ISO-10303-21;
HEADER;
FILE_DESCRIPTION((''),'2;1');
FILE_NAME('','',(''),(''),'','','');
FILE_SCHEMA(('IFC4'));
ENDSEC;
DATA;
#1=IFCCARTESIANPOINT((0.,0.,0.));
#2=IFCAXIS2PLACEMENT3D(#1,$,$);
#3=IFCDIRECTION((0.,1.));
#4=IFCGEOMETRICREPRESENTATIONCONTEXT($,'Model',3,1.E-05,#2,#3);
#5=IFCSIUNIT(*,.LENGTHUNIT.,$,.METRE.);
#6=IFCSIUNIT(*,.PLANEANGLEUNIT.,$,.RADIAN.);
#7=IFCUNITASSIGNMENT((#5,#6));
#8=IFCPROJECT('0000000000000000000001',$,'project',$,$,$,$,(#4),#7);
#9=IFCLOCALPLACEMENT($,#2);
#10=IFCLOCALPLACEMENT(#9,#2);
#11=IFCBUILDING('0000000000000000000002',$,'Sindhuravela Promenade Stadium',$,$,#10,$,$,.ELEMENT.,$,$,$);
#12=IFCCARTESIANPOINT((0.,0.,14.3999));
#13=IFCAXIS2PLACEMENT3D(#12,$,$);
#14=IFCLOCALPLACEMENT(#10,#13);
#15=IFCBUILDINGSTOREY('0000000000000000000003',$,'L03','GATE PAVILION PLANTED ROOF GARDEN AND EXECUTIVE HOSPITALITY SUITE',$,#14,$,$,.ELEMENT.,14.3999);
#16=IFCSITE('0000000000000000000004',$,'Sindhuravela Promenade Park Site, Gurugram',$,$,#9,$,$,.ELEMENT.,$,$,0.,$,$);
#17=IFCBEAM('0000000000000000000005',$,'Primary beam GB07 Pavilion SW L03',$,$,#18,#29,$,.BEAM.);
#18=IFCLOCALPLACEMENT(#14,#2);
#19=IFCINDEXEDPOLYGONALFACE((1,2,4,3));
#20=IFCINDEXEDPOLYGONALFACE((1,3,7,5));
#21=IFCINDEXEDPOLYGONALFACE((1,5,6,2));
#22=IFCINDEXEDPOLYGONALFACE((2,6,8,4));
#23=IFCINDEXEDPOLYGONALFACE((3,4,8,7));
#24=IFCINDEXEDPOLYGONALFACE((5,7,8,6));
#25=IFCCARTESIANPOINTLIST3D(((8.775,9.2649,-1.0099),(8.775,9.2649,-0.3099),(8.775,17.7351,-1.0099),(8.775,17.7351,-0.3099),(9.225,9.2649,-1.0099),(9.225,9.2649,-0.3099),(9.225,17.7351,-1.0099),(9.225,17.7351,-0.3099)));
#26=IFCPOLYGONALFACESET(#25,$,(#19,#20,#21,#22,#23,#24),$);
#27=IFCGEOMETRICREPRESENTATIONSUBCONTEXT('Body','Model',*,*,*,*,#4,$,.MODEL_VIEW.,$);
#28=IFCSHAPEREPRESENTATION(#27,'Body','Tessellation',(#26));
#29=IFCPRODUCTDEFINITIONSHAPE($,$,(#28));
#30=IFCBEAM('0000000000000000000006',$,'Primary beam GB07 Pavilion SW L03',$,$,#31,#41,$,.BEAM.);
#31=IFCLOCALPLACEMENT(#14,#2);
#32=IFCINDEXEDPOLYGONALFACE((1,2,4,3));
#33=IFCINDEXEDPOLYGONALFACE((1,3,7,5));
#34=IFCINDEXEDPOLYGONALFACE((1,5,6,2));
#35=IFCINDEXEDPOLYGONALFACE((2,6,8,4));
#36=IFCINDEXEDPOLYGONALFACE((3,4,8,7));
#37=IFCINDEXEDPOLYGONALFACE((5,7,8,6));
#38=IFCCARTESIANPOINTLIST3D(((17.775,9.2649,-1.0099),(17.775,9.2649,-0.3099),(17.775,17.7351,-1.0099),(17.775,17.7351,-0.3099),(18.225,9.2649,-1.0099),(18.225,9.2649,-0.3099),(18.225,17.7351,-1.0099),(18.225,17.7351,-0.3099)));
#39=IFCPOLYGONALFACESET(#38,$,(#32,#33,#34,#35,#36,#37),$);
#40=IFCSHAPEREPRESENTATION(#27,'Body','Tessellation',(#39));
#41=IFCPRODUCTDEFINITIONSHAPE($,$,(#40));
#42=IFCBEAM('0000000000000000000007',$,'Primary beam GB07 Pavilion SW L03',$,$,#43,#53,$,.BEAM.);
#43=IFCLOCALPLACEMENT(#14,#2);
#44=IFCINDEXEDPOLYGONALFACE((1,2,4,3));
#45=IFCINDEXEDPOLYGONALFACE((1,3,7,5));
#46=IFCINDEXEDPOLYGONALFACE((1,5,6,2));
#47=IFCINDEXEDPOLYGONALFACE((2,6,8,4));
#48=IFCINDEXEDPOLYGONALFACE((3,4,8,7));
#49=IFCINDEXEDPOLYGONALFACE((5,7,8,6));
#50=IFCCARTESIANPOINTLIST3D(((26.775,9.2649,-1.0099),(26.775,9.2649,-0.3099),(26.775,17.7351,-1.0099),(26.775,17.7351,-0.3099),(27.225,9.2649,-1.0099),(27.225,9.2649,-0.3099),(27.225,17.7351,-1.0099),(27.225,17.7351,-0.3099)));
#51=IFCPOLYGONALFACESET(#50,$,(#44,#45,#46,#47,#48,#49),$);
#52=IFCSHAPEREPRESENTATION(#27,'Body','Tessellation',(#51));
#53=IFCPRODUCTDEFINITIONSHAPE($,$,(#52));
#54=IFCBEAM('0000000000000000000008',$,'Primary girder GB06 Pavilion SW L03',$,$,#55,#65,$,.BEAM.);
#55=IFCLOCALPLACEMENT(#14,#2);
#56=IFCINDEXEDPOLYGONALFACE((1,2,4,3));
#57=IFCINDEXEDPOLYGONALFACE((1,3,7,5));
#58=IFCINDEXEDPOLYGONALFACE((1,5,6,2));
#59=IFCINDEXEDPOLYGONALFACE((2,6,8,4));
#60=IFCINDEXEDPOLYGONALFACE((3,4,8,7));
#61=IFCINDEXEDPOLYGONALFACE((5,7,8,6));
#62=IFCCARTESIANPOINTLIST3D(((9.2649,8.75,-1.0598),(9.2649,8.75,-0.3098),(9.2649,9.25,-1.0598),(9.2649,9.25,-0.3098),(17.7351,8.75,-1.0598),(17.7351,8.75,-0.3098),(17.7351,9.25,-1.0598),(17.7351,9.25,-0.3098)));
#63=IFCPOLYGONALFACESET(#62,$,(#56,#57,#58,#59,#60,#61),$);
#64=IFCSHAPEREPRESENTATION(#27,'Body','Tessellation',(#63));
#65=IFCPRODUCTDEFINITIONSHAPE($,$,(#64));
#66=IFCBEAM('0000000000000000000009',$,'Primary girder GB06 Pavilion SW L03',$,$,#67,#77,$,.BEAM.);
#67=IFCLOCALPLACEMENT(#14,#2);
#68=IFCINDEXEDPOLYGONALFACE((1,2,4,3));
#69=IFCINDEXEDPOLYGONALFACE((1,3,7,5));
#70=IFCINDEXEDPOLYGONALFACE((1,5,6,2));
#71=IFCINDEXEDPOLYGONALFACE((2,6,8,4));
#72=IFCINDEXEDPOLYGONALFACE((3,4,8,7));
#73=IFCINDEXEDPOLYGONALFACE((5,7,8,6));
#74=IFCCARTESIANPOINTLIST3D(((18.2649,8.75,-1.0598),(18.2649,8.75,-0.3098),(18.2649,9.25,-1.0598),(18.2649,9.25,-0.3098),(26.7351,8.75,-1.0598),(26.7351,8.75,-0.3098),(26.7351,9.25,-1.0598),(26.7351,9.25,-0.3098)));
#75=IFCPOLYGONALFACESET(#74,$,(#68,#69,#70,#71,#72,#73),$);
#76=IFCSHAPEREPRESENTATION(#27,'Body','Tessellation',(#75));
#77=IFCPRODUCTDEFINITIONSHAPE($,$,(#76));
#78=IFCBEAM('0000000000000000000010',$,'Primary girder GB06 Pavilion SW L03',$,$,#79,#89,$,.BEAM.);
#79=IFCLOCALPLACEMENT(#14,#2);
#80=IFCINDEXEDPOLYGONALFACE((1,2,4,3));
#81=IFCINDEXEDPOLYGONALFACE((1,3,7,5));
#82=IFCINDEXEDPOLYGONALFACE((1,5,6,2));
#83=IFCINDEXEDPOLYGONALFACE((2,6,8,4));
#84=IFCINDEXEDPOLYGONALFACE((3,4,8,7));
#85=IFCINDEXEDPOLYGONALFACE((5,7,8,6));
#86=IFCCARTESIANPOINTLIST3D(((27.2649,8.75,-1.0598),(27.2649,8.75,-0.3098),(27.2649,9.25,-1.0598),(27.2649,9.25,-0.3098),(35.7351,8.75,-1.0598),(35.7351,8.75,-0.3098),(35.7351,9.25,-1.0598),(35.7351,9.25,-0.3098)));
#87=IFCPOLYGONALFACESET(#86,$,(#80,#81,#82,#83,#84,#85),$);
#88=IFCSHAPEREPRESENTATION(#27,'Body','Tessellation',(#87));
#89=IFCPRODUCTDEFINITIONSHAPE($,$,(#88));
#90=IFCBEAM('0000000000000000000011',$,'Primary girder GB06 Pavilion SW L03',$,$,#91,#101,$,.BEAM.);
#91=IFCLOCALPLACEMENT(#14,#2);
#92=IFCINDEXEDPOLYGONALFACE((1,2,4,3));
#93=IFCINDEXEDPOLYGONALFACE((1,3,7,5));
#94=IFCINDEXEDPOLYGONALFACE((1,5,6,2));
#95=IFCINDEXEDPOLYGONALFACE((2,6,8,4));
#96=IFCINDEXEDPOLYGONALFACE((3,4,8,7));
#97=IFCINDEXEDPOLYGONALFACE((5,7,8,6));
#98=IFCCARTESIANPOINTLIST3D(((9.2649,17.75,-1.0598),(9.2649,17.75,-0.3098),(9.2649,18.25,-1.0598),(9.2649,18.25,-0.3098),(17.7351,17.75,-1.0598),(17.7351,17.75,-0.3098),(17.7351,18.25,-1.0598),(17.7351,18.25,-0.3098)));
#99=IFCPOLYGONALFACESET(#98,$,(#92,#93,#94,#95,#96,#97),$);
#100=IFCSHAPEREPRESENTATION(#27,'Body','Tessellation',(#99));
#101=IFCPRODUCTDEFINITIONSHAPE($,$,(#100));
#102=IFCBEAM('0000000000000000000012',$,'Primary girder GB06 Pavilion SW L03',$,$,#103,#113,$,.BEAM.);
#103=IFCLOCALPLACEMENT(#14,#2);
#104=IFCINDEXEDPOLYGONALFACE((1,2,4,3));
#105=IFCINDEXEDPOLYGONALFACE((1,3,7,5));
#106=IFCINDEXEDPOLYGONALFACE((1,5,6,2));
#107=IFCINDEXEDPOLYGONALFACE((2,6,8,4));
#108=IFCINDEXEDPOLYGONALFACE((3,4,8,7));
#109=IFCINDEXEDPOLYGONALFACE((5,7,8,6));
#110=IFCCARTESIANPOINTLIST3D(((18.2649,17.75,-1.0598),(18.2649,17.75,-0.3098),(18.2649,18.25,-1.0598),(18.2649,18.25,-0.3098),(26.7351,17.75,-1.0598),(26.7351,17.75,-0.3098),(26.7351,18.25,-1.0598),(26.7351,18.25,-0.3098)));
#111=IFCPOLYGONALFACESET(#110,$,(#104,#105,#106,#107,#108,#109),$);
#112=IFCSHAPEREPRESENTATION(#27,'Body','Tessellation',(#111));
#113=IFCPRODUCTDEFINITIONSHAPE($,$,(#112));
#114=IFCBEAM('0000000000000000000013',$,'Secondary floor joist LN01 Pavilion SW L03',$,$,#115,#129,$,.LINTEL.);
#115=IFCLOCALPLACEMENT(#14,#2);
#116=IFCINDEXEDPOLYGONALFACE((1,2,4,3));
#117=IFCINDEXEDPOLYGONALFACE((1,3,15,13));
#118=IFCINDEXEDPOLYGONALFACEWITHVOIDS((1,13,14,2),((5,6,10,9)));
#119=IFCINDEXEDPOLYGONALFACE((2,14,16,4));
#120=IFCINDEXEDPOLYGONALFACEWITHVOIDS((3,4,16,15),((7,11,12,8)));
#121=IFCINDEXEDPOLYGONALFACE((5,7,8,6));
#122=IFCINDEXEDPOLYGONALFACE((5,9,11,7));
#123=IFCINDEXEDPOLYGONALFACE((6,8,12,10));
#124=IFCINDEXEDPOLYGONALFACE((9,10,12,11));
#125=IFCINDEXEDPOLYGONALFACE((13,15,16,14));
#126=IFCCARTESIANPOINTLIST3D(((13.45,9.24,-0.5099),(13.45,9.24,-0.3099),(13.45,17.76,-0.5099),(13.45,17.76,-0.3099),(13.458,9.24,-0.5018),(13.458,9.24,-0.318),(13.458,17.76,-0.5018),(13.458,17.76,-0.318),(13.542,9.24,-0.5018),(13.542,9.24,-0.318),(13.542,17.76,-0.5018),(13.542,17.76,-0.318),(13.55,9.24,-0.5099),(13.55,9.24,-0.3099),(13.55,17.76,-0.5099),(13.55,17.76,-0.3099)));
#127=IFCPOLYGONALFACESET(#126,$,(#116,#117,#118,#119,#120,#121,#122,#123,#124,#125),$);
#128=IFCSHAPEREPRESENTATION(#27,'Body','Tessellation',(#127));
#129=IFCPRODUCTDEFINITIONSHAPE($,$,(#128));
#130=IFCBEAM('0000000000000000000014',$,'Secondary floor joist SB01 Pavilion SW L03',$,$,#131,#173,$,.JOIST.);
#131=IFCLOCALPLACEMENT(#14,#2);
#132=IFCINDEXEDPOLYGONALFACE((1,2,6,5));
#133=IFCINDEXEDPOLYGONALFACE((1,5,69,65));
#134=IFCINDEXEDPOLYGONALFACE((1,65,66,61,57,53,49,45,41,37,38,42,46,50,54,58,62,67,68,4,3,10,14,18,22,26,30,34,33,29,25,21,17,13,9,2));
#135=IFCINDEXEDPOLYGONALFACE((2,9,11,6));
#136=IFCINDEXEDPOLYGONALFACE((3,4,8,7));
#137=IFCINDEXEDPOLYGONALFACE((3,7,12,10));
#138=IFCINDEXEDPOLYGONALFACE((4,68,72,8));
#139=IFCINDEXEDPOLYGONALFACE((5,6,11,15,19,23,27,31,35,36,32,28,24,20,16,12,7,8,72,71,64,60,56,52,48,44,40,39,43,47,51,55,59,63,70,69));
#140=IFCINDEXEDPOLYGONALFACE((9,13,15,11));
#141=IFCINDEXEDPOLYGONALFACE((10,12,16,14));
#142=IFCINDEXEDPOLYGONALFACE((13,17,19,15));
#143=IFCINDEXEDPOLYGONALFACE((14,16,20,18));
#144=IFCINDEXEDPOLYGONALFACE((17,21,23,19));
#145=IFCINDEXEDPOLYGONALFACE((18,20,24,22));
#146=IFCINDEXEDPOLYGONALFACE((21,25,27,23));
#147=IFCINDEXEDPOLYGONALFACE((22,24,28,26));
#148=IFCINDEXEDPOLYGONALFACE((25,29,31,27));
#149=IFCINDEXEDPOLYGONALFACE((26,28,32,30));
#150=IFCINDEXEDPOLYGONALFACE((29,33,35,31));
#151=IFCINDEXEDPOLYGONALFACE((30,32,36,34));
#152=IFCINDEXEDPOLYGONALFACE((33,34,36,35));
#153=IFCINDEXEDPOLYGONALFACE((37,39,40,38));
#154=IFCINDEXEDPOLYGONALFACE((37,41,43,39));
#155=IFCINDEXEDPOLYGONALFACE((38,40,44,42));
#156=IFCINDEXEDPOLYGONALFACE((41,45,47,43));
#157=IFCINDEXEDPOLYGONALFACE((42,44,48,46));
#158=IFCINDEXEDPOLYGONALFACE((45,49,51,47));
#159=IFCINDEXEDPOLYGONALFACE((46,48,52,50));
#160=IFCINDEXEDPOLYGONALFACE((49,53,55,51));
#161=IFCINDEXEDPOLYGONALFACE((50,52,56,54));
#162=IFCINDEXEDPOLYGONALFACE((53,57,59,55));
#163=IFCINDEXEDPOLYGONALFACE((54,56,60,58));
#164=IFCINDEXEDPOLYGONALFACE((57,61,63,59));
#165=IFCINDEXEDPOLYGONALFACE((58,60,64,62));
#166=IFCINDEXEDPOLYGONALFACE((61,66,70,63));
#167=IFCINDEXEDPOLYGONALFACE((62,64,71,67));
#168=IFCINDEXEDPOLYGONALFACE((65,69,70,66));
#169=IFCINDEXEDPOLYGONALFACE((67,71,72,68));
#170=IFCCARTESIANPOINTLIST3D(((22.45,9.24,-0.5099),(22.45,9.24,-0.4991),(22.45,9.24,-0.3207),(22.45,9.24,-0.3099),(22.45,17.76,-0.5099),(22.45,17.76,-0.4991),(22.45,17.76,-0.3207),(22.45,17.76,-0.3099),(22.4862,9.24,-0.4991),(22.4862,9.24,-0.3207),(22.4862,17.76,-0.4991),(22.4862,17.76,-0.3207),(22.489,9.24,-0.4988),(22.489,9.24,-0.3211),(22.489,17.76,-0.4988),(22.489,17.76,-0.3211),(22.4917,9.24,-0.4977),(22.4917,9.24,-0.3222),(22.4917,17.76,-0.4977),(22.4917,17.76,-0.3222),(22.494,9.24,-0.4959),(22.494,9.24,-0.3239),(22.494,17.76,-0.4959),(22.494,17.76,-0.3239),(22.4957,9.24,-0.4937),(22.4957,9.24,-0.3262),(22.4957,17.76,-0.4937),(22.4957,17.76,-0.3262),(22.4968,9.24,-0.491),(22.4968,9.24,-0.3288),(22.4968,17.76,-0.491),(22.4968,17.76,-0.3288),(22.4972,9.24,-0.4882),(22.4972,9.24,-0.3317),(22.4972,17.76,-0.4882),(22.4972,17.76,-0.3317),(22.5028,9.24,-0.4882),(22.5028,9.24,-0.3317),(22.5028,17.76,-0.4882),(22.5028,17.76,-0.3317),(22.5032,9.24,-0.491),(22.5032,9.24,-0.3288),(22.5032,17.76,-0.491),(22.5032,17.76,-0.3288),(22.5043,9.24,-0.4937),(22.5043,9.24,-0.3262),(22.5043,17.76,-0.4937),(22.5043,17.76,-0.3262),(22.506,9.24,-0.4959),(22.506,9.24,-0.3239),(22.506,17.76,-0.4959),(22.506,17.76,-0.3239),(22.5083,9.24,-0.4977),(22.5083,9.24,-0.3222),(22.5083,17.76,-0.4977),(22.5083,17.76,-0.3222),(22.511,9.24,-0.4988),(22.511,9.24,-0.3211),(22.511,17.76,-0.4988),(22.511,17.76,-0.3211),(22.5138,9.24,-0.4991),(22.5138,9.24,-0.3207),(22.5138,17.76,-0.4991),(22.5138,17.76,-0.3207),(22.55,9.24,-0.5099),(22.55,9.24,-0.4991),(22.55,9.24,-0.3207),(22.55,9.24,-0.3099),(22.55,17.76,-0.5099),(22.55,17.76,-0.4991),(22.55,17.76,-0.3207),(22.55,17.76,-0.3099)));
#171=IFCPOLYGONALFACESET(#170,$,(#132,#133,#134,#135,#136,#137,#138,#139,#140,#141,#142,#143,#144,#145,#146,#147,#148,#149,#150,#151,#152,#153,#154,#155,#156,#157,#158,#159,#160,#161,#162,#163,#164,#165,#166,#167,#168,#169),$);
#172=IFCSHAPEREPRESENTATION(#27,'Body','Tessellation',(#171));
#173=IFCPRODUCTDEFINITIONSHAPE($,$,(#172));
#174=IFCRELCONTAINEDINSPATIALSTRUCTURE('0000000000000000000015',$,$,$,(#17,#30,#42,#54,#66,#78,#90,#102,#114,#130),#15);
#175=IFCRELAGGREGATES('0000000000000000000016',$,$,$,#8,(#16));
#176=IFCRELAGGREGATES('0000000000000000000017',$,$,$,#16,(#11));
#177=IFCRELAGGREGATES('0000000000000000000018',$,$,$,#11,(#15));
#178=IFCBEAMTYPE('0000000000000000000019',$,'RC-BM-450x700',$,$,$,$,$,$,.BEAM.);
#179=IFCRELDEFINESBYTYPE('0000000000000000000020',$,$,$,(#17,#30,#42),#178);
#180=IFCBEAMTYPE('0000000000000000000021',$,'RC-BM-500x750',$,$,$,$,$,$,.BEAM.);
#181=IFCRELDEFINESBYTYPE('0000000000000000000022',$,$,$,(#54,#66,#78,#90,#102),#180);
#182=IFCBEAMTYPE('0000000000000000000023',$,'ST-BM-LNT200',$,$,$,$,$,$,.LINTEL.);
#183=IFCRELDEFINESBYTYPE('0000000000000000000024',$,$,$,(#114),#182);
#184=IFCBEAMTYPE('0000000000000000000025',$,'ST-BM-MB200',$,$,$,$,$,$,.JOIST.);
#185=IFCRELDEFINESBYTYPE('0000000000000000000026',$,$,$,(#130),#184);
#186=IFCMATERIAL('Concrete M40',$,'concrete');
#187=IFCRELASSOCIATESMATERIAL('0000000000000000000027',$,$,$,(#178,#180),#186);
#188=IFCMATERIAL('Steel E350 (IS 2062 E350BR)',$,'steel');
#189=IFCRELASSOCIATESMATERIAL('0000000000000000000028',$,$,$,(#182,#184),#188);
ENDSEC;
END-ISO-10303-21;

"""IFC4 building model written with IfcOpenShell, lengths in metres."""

from ifc_helpers import new_model, si_unit, direction, frame, origin, origin_2d, place, context, subcontext, project, spatial, rectangle, hollow_rectangle, i_section, extrude, material, material_profile, profile_set, type_object, element, save


model = new_model("IFC4")

# Units and contexts
model_context = context("Model", 3, precision=1e-05, world=origin(), true_north=direction((0.0, 1.0)))
body_context = subcontext(model_context, "Body", "Model", "MODEL_VIEW")
ifc_project = project(units=[si_unit("LENGTHUNIT", "METRE"), si_unit("PLANEANGLEUNIT", "RADIAN")], contexts=[model_context])

# Site, building, storey
site_placement = place(None, origin())
site = spatial("IfcSite", under=ifc_project, at=site_placement, Name="Sindhuravela Promenade Park Site, Gurugram", CompositionType="ELEMENT", RefElevation=0.0)
building_placement = place(site_placement, origin())
building = spatial("IfcBuilding", under=site, at=building_placement, Name="Sindhuravela Promenade Stadium", CompositionType="ELEMENT")
storey_placement = place(building_placement, frame((0.0, 0.0, 14.3999)))
storey = spatial("IfcBuildingStorey", under=building, at=storey_placement, Name="L03", Description="GATE PAVILION PLANTED ROOF GARDEN AND EXECUTIVE HOSPITALITY SUITE", CompositionType="ELEMENT", Elevation=14.3999)

# Beams
ifc_material_1 = material(Name="Concrete M40", Category="concrete")
ifc_material_profile_1 = material_profile(ifc_material_1, rectangle(XDim=0.45, YDim=0.7, at=origin_2d()), Name="RC 450x700")
ifc_profile_set_1 = profile_set([ifc_material_profile_1], Name="Concrete M40")
beam_type_1 = type_object("IfcBeamType", Name="RC-BM-450x700", PredefinedType="BEAM", material=ifc_profile_set_1)
for number, where, z_axis, x_axis, name in (
    (1, (9.0, 9.2649, -0.6599), (0.0, 1.0, 0.0), (-1.0, 0.0, 0.0), "Primary beam GB07 Pavilion SW L03"),
    (2, (18.0, 9.2649, -0.6599), (0.0, 1.0, 0.0), (-1.0, 0.0, 0.0), "Primary beam GB07 Pavilion SW L03"),
    (3, (27.0, 9.2649, -0.6599), (0.0, 1.0, 0.0), (-1.0, 0.0, 0.0), "Primary beam GB07 Pavilion SW L03"),
):
    element("IfcBeam", number, at=place(storey_placement, frame(where, z_axis=z_axis, x_axis=x_axis)), inside=storey, type_object=beam_type_1, Name=name, PredefinedType="BEAM", context=body_context, shape_type="SweptSolid", body=[
        extrude(rectangle(XDim=0.45, YDim=0.7, at=origin_2d()), origin(), (0.0, 0.0, 1.0), 8.4702),
    ])
ifc_material_profile_2 = material_profile(ifc_material_1, rectangle(XDim=0.5, YDim=0.75, at=origin_2d()), Name="RC 500x750")
ifc_profile_set_2 = profile_set([ifc_material_profile_2], Name="Concrete M40")
beam_type_2 = type_object("IfcBeamType", Name="RC-BM-500x750", PredefinedType="BEAM", material=ifc_profile_set_2)
for number, where, z_axis, x_axis, name in (
    (4, (9.2649, 9.0, -0.6848), (1.0, 0.0, 0.0), (0.0, 1.0, 0.0), "Primary girder GB06 Pavilion SW L03"),
    (5, (18.2649, 9.0, -0.6848), (1.0, 0.0, 0.0), (0.0, 1.0, 0.0), "Primary girder GB06 Pavilion SW L03"),
    (6, (27.2649, 9.0, -0.6848), (1.0, 0.0, 0.0), (0.0, 1.0, 0.0), "Primary girder GB06 Pavilion SW L03"),
    (7, (9.2649, 18.0, -0.6848), (1.0, 0.0, 0.0), (0.0, 1.0, 0.0), "Primary girder GB06 Pavilion SW L03"),
    (8, (18.2649, 18.0, -0.6848), (1.0, 0.0, 0.0), (0.0, 1.0, 0.0), "Primary girder GB06 Pavilion SW L03"),
):
    element("IfcBeam", number, at=place(storey_placement, frame(where, z_axis=z_axis, x_axis=x_axis)), inside=storey, type_object=beam_type_2, Name=name, PredefinedType="BEAM", context=body_context, shape_type="SweptSolid", body=[
        extrude(rectangle(XDim=0.5, YDim=0.75, at=origin_2d()), origin(), (0.0, 0.0, 1.0), 8.4702),
    ])
ifc_material_2 = material(Name="Steel E350 (IS 2062 E350BR)", Category="steel")
ifc_material_profile_3 = material_profile(ifc_material_2, hollow_rectangle(XDim=0.1001, YDim=0.2, WallThickness=0.0081, at=origin_2d()), Name="RHS 200x100x8")
ifc_profile_set_3 = profile_set([ifc_material_profile_3], Name="Steel E350 (IS 2062 E350BR)")
beam_type_3 = type_object("IfcBeamType", Name="ST-BM-LNT200", PredefinedType="LINTEL", material=ifc_profile_set_3)
beam_1_placement = place(storey_placement, frame((13.5, 9.24, -0.4099), z_axis=(0.0, 1.0, 0.0), x_axis=(-1.0, 0.0, 0.0)))
element("IfcBeam", 9, at=beam_1_placement, inside=storey, type_object=beam_type_3, Name="Secondary floor joist LN01 Pavilion SW L03", PredefinedType="LINTEL", context=body_context, shape_type="SweptSolid", body=[
    extrude(hollow_rectangle(XDim=0.1001, YDim=0.2, WallThickness=0.0081, at=origin_2d()), origin(), (0.0, 0.0, 1.0), 8.52),
])
ifc_material_profile_4 = material_profile(ifc_material_2, i_section(OverallWidth=0.1001, OverallDepth=0.2, WebThickness=0.0056, FlangeThickness=0.0107, FilletRadius=0.011, at=origin_2d()), Name="ISMB 200")
ifc_profile_set_4 = profile_set([ifc_material_profile_4], Name="Steel E350 (IS 2062 E350BR)")
beam_type_4 = type_object("IfcBeamType", Name="ST-BM-MB200", PredefinedType="JOIST", material=ifc_profile_set_4)
beam_2_placement = place(storey_placement, frame((22.5, 9.24, -0.4099), z_axis=(0.0, 1.0, 0.0), x_axis=(-1.0, 0.0, 0.0)))
element("IfcBeam", 10, at=beam_2_placement, inside=storey, type_object=beam_type_4, Name="Secondary floor joist SB01 Pavilion SW L03", PredefinedType="JOIST", context=body_context, shape_type="SweptSolid", body=[
    extrude(i_section(OverallWidth=0.1001, OverallDepth=0.2, WebThickness=0.0056, FlangeThickness=0.0107, FilletRadius=0.011, at=origin_2d()), origin(), (0.0, 0.0, 1.0), 8.52),
])

save(model, "model.ifc")
